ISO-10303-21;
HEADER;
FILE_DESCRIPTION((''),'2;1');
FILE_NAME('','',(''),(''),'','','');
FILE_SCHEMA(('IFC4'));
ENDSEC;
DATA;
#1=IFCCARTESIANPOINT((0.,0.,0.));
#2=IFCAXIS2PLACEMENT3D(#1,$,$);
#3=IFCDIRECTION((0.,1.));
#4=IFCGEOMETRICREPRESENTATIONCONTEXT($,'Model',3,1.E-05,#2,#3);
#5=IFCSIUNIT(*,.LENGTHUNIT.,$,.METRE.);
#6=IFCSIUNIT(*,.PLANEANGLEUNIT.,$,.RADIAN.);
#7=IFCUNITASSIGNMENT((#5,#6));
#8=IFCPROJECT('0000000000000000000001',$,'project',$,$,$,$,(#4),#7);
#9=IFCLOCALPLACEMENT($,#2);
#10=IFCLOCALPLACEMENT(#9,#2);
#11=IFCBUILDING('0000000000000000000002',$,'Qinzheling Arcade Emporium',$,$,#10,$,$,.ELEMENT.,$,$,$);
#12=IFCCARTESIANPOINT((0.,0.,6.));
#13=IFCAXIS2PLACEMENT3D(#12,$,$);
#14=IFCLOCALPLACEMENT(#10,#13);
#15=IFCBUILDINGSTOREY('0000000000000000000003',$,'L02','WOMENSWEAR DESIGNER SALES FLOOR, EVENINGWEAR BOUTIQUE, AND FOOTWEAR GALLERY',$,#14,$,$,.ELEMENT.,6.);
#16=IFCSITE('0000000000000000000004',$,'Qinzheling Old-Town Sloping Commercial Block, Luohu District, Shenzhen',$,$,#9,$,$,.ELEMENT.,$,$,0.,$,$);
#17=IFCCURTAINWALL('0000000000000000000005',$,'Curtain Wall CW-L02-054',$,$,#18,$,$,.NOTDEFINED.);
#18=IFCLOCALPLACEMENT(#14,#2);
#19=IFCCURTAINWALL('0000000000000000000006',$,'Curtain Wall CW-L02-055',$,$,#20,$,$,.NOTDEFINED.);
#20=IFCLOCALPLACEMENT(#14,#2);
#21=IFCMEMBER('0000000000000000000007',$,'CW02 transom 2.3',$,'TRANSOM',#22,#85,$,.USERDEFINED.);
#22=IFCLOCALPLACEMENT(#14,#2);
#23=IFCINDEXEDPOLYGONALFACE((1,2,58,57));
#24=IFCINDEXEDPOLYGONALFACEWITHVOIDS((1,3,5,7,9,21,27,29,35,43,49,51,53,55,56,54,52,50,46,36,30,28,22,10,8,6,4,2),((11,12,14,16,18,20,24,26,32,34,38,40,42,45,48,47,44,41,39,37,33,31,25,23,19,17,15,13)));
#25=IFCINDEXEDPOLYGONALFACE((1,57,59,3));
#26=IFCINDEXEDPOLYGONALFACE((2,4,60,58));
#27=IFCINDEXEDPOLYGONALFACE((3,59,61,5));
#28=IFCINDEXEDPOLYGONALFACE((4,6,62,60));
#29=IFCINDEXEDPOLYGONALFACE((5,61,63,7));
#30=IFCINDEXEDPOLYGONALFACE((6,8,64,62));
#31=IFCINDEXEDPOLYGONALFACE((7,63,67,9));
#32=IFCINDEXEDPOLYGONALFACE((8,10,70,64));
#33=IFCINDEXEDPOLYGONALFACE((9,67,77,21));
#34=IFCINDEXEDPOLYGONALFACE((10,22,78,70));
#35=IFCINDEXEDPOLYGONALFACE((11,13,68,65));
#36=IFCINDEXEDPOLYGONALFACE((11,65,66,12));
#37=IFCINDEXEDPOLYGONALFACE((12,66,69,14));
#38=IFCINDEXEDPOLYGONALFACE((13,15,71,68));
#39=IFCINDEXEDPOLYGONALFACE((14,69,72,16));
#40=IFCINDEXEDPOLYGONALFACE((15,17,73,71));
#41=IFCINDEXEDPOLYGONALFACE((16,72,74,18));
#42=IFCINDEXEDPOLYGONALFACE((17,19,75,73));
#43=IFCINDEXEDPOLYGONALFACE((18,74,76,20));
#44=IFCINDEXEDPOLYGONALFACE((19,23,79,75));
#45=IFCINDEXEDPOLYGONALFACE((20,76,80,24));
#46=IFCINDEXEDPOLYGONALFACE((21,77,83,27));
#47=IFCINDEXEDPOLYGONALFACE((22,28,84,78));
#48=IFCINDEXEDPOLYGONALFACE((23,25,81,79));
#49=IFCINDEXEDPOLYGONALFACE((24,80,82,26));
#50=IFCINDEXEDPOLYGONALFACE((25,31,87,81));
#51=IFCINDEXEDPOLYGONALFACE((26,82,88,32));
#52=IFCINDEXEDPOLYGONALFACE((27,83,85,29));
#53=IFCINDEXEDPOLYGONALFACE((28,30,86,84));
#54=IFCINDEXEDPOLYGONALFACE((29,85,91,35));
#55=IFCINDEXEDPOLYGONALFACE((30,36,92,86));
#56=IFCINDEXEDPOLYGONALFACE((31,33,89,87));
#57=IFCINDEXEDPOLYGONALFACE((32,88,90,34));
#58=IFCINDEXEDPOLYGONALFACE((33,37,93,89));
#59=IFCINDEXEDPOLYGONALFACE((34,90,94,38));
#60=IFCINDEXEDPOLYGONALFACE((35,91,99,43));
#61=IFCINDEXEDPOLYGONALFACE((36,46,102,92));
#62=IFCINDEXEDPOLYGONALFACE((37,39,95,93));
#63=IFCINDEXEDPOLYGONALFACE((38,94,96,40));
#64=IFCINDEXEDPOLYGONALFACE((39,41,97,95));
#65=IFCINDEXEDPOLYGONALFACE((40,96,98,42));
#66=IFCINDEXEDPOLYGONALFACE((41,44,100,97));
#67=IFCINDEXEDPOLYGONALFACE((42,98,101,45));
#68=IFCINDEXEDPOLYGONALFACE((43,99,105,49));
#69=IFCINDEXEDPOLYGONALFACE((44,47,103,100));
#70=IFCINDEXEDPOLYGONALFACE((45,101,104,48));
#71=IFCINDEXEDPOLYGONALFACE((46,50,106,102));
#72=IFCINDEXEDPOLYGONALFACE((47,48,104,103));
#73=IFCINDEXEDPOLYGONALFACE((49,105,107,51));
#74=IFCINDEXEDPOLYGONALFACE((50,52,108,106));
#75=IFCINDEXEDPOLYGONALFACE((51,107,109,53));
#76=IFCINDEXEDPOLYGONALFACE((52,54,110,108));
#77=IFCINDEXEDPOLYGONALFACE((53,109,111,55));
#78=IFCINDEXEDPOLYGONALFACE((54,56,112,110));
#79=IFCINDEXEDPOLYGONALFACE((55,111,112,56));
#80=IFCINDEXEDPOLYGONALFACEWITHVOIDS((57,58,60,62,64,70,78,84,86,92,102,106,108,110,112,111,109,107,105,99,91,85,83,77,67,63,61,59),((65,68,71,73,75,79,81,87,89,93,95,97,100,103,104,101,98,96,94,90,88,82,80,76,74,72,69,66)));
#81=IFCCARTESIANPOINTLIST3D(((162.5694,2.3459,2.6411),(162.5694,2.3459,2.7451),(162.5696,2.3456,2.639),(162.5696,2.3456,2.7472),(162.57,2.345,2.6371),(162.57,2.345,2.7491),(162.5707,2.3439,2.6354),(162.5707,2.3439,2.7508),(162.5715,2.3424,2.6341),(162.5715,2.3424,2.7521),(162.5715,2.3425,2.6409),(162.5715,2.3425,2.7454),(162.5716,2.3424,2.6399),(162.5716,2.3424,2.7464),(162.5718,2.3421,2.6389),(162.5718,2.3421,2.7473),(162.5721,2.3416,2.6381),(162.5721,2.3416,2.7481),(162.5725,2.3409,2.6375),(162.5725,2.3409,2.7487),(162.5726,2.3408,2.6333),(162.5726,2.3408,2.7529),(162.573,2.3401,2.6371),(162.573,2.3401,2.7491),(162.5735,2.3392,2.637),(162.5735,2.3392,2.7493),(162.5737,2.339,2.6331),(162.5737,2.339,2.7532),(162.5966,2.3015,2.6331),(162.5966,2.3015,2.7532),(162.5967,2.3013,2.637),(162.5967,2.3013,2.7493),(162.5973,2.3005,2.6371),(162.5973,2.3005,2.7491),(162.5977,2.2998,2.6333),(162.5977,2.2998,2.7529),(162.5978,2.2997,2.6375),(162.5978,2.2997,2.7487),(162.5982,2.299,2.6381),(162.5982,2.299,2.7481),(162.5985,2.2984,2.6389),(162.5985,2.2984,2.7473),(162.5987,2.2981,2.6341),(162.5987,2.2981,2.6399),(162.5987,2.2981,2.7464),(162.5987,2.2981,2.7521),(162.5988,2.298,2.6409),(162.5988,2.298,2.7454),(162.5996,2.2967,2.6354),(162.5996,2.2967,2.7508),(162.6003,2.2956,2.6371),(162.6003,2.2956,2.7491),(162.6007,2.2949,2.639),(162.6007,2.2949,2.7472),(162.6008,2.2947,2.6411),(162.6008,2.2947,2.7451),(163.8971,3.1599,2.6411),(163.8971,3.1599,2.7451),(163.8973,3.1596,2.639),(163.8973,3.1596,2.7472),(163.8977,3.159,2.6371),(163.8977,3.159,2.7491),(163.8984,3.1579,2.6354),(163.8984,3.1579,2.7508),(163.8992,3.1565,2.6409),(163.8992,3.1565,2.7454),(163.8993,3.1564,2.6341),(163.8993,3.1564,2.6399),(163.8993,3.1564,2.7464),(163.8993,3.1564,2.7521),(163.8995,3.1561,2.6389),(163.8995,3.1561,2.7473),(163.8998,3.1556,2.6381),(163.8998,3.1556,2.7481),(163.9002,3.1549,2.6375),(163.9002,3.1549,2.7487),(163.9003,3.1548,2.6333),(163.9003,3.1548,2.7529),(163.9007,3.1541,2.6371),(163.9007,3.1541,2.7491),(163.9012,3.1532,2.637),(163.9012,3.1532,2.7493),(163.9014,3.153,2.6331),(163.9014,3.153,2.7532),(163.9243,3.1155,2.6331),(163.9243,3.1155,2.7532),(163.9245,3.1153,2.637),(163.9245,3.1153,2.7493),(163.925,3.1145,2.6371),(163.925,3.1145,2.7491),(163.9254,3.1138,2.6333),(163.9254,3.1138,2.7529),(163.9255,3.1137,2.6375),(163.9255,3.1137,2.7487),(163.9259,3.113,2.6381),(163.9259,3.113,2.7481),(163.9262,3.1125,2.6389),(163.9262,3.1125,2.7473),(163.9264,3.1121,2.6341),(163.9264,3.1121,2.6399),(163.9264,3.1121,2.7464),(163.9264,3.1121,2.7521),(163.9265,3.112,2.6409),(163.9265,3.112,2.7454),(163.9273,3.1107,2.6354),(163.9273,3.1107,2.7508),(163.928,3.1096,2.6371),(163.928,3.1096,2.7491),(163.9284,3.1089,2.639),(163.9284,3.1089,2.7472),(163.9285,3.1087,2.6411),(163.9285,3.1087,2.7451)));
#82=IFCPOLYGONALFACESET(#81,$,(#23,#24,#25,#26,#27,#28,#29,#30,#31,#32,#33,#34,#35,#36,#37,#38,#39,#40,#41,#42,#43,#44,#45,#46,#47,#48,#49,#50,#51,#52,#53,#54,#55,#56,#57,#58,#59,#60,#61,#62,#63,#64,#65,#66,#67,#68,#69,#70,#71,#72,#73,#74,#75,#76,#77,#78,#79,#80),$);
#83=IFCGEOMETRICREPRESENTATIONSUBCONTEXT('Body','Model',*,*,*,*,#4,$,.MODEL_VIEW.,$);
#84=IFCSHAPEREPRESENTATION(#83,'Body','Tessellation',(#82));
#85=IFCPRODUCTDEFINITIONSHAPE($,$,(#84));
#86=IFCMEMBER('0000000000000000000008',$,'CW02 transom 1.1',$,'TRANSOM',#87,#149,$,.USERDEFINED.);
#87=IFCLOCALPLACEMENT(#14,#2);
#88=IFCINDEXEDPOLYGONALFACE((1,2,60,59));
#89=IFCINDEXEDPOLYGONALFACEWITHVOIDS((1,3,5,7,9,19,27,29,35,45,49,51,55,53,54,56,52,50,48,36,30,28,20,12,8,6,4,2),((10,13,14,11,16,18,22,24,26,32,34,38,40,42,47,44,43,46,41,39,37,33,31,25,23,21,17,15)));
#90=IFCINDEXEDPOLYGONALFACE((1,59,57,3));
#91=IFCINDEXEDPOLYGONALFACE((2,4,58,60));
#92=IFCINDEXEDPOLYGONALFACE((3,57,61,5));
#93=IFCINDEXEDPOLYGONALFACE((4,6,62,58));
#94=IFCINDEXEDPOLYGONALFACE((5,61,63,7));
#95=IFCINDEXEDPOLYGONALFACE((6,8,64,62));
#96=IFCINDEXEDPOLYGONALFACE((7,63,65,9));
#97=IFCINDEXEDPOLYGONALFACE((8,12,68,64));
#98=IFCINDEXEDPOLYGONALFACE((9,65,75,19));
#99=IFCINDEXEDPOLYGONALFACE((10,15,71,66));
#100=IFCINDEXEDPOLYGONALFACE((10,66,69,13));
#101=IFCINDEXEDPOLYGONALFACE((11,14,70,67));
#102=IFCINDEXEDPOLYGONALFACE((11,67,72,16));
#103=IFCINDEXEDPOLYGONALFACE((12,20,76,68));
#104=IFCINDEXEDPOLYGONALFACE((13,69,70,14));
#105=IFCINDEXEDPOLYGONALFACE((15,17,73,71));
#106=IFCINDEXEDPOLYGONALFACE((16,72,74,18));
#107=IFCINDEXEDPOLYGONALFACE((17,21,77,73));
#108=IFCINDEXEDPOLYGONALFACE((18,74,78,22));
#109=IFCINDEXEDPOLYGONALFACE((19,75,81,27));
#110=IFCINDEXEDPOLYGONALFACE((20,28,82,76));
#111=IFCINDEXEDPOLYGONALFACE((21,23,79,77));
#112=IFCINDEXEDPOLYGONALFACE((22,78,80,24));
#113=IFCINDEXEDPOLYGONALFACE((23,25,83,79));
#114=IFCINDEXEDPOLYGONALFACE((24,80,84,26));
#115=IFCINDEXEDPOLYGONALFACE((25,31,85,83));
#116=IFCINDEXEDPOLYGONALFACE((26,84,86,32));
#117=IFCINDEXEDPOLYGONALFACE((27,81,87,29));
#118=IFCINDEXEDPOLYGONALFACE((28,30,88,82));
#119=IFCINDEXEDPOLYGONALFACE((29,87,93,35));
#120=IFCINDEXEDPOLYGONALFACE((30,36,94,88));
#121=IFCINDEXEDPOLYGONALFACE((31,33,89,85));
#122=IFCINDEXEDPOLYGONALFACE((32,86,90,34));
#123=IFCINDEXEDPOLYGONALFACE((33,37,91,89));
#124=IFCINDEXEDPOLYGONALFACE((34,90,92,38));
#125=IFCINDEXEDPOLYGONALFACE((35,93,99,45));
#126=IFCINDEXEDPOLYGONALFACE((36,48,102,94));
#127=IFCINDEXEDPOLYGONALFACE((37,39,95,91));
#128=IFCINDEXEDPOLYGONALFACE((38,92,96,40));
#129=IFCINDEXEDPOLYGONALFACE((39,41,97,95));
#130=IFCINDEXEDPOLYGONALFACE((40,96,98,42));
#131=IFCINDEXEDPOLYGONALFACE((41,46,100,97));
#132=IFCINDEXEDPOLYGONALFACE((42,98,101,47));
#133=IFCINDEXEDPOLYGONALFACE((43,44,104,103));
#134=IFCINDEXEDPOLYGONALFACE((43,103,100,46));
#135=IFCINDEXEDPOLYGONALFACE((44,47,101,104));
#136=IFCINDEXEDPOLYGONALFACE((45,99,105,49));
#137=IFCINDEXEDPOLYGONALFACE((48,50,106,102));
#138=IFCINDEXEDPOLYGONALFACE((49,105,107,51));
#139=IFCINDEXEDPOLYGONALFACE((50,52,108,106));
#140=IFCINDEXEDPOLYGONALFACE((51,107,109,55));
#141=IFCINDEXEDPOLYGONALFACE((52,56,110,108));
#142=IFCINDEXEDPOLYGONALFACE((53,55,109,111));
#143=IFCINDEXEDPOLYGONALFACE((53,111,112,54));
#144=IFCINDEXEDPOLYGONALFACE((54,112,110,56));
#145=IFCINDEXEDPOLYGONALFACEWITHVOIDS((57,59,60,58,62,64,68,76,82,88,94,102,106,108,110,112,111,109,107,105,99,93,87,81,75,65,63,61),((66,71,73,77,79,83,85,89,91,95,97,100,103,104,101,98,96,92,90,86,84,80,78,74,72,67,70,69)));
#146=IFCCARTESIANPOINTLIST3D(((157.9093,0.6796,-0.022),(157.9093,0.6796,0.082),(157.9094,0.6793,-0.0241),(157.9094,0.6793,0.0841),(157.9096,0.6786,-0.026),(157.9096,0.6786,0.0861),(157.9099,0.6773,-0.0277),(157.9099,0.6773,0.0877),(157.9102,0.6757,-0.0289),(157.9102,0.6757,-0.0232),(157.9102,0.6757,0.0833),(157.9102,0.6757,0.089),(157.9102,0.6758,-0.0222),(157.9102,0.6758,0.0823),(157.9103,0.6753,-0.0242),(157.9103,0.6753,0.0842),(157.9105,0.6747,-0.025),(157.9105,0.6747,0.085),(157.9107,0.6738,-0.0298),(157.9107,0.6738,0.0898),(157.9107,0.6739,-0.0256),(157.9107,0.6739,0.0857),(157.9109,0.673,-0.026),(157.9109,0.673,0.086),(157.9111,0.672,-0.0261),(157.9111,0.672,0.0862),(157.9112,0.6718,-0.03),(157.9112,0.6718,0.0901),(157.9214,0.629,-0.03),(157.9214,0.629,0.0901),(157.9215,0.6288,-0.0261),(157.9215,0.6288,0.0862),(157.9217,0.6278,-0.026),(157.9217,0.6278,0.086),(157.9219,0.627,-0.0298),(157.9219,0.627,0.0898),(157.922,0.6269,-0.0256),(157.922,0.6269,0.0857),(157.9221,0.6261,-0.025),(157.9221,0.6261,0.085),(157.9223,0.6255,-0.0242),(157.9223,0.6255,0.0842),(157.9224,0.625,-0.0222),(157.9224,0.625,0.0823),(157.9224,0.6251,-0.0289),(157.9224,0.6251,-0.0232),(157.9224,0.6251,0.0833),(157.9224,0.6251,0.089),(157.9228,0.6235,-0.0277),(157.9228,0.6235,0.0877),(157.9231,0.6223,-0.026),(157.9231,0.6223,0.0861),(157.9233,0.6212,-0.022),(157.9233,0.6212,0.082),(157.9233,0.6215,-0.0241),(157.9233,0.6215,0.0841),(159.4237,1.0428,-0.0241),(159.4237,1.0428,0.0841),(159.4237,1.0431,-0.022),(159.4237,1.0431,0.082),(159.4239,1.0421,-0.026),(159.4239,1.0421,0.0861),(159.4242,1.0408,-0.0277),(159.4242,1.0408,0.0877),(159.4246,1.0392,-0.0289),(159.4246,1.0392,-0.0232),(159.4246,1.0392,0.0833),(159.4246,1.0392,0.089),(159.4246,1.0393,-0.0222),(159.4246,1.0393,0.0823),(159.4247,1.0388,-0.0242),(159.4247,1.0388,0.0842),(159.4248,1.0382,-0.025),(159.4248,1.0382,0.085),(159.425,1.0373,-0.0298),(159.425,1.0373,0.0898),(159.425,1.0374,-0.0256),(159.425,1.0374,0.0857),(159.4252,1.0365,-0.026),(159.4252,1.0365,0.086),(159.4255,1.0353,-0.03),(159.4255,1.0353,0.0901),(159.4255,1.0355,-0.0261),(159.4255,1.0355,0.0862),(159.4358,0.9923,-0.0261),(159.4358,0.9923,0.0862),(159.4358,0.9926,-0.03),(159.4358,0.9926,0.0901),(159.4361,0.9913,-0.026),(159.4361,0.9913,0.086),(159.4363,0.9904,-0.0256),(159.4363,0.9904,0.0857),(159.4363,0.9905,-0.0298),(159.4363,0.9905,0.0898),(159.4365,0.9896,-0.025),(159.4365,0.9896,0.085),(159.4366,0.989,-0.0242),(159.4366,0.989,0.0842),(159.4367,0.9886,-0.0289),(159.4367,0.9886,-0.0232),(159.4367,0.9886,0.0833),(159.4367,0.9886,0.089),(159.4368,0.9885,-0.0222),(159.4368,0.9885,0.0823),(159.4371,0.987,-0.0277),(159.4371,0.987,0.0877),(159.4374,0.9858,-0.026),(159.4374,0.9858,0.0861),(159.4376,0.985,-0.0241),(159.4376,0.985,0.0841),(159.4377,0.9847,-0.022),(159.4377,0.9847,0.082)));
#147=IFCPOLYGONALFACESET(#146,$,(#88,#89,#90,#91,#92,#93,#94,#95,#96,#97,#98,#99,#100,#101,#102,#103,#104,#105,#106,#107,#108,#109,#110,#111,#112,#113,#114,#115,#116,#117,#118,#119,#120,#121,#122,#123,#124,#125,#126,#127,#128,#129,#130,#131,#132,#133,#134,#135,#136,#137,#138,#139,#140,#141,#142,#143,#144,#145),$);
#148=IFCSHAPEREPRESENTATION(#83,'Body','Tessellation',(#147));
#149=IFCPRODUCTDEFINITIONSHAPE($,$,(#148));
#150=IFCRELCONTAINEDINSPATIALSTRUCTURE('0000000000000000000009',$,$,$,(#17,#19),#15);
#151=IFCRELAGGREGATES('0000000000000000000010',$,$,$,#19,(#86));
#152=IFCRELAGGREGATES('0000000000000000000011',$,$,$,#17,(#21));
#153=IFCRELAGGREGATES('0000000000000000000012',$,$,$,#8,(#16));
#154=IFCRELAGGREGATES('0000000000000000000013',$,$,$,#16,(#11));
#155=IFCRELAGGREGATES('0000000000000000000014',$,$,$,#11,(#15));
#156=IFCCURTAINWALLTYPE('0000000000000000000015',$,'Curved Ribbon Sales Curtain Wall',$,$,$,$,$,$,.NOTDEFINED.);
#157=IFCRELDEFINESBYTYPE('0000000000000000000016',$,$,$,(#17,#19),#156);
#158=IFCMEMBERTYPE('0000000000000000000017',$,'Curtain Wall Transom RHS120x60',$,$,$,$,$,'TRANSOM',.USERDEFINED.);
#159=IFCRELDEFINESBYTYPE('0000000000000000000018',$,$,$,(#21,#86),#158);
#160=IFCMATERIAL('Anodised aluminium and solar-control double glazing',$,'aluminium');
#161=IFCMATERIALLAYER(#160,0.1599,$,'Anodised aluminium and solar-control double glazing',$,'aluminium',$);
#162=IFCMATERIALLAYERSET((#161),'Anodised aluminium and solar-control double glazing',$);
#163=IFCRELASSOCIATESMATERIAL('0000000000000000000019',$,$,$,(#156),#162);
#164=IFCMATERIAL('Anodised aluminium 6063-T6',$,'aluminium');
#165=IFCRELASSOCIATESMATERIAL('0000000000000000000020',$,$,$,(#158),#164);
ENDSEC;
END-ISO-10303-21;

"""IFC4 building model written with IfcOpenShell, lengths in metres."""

from ifc_helpers import new_model, si_unit, direction, frame, origin, origin_2d, place, context, subcontext, project, spatial, hollow_rectangle, extrude, material, layer, layer_set, material_profile, profile_set, type_object, element, aggregate, save


model = new_model("IFC4")

# Units and contexts
model_context = context("Model", 3, precision=1e-05, world=origin(), true_north=direction((0.0, 1.0)))
body_context = subcontext(model_context, "Body", "Model", "MODEL_VIEW")
ifc_project = project(units=[si_unit("LENGTHUNIT", "METRE"), si_unit("PLANEANGLEUNIT", "RADIAN")], contexts=[model_context])

# Site, building, storey
site_placement = place(None, origin())
site = spatial("IfcSite", under=ifc_project, at=site_placement, Name="Qinzheling Old-Town Sloping Commercial Block, Luohu District, Shenzhen", CompositionType="ELEMENT", RefElevation=0.0)
building_placement = place(site_placement, origin())
building = spatial("IfcBuilding", under=site, at=building_placement, Name="Qinzheling Arcade Emporium", CompositionType="ELEMENT")
storey_placement = place(building_placement, frame((0.0, 0.0, 6.0)))
storey = spatial("IfcBuildingStorey", under=building, at=storey_placement, Name="L02", Description="WOMENSWEAR DESIGNER SALES FLOOR, EVENINGWEAR BOUTIQUE, AND FOOTWEAR GALLERY", CompositionType="ELEMENT", Elevation=6.0)

# Curtain wall
ifc_material_1 = material(Name="Anodised aluminium and solar-control double glazing", Category="aluminium")
ifc_layer_1 = layer(ifc_material_1, 0.1599, Name="Anodised aluminium and solar-control double glazing", Category="aluminium")
ifc_layer_set_1 = layer_set([ifc_layer_1], Name="Anodised aluminium and solar-control double glazing")
curtain_wall_type = type_object("IfcCurtainWallType", Name="Curved Ribbon Sales Curtain Wall", PredefinedType="NOTDEFINED", material=ifc_layer_set_1)
curtain_wall_1_placement = place(storey_placement, origin())
curtain_wall_1 = element("IfcCurtainWall", 1, at=curtain_wall_1_placement, inside=storey, type_object=curtain_wall_type, Name="Curtain Wall CW-L02-054", PredefinedType="NOTDEFINED")
ifc_material_2 = material(Name="Anodised aluminium 6063-T6", Category="aluminium")

# Curtain wall
curtain_wall_2_placement = place(storey_placement, origin())
curtain_wall_2 = element("IfcCurtainWall", 2, at=curtain_wall_2_placement, inside=storey, type_object=curtain_wall_type, Name="Curtain Wall CW-L02-055", PredefinedType="NOTDEFINED")

# Members
ifc_material_profile_1 = material_profile(ifc_material_2, hollow_rectangle(XDim=0.0601, YDim=0.1201, WallThickness=0.0039, InnerFilletRadius=0.0039, OuterFilletRadius=0.0081, at=origin_2d()), Name="RHS 120x60x4", Category="aluminium")
ifc_profile_set_1 = profile_set([ifc_material_profile_1], Name="Anodised aluminium 6063-T6")
member_type_1 = type_object("IfcMemberType", Name="Curtain Wall Transom RHS120x60", ElementType="TRANSOM", PredefinedType="USERDEFINED", material=ifc_profile_set_1)
member_1_placement = place(storey_placement, frame((163.9128, 3.1343, 2.6931), z_axis=(-0.852529, -0.52268, 0.0), x_axis=(0.52268, -0.852529, 0.0)))
member_1 = element("IfcMember", 3, at=member_1_placement, type_object=member_type_1, Name="CW02 transom 2.3", ObjectType="TRANSOM", PredefinedType="USERDEFINED", context=body_context, shape_type="SweptSolid", body=[
    extrude(hollow_rectangle(XDim=0.0601, YDim=0.1201, WallThickness=0.0039, InnerFilletRadius=0.0039, OuterFilletRadius=0.0081, at=origin_2d()), origin(), (0.0, 0.0, 1.0), 1.5574),
])
member_2_placement = place(storey_placement, frame((159.4307, 1.0139, 0.03), z_axis=(-0.972377, -0.233414, 0.0), x_axis=(0.233414, -0.972377, 0.0)))
member_2 = element("IfcMember", 4, at=member_2_placement, type_object=member_type_1, Name="CW02 transom 1.1", ObjectType="TRANSOM", PredefinedType="USERDEFINED", context=body_context, shape_type="SweptSolid", body=[
    extrude(hollow_rectangle(XDim=0.0601, YDim=0.1201, WallThickness=0.0039, InnerFilletRadius=0.0039, OuterFilletRadius=0.0081, at=origin_2d()), origin(), (0.0, 0.0, 1.0), 1.5574),
])
aggregate(curtain_wall_2, [member_2])

aggregate(curtain_wall_1, [member_1])

save(model, "model.ifc")
